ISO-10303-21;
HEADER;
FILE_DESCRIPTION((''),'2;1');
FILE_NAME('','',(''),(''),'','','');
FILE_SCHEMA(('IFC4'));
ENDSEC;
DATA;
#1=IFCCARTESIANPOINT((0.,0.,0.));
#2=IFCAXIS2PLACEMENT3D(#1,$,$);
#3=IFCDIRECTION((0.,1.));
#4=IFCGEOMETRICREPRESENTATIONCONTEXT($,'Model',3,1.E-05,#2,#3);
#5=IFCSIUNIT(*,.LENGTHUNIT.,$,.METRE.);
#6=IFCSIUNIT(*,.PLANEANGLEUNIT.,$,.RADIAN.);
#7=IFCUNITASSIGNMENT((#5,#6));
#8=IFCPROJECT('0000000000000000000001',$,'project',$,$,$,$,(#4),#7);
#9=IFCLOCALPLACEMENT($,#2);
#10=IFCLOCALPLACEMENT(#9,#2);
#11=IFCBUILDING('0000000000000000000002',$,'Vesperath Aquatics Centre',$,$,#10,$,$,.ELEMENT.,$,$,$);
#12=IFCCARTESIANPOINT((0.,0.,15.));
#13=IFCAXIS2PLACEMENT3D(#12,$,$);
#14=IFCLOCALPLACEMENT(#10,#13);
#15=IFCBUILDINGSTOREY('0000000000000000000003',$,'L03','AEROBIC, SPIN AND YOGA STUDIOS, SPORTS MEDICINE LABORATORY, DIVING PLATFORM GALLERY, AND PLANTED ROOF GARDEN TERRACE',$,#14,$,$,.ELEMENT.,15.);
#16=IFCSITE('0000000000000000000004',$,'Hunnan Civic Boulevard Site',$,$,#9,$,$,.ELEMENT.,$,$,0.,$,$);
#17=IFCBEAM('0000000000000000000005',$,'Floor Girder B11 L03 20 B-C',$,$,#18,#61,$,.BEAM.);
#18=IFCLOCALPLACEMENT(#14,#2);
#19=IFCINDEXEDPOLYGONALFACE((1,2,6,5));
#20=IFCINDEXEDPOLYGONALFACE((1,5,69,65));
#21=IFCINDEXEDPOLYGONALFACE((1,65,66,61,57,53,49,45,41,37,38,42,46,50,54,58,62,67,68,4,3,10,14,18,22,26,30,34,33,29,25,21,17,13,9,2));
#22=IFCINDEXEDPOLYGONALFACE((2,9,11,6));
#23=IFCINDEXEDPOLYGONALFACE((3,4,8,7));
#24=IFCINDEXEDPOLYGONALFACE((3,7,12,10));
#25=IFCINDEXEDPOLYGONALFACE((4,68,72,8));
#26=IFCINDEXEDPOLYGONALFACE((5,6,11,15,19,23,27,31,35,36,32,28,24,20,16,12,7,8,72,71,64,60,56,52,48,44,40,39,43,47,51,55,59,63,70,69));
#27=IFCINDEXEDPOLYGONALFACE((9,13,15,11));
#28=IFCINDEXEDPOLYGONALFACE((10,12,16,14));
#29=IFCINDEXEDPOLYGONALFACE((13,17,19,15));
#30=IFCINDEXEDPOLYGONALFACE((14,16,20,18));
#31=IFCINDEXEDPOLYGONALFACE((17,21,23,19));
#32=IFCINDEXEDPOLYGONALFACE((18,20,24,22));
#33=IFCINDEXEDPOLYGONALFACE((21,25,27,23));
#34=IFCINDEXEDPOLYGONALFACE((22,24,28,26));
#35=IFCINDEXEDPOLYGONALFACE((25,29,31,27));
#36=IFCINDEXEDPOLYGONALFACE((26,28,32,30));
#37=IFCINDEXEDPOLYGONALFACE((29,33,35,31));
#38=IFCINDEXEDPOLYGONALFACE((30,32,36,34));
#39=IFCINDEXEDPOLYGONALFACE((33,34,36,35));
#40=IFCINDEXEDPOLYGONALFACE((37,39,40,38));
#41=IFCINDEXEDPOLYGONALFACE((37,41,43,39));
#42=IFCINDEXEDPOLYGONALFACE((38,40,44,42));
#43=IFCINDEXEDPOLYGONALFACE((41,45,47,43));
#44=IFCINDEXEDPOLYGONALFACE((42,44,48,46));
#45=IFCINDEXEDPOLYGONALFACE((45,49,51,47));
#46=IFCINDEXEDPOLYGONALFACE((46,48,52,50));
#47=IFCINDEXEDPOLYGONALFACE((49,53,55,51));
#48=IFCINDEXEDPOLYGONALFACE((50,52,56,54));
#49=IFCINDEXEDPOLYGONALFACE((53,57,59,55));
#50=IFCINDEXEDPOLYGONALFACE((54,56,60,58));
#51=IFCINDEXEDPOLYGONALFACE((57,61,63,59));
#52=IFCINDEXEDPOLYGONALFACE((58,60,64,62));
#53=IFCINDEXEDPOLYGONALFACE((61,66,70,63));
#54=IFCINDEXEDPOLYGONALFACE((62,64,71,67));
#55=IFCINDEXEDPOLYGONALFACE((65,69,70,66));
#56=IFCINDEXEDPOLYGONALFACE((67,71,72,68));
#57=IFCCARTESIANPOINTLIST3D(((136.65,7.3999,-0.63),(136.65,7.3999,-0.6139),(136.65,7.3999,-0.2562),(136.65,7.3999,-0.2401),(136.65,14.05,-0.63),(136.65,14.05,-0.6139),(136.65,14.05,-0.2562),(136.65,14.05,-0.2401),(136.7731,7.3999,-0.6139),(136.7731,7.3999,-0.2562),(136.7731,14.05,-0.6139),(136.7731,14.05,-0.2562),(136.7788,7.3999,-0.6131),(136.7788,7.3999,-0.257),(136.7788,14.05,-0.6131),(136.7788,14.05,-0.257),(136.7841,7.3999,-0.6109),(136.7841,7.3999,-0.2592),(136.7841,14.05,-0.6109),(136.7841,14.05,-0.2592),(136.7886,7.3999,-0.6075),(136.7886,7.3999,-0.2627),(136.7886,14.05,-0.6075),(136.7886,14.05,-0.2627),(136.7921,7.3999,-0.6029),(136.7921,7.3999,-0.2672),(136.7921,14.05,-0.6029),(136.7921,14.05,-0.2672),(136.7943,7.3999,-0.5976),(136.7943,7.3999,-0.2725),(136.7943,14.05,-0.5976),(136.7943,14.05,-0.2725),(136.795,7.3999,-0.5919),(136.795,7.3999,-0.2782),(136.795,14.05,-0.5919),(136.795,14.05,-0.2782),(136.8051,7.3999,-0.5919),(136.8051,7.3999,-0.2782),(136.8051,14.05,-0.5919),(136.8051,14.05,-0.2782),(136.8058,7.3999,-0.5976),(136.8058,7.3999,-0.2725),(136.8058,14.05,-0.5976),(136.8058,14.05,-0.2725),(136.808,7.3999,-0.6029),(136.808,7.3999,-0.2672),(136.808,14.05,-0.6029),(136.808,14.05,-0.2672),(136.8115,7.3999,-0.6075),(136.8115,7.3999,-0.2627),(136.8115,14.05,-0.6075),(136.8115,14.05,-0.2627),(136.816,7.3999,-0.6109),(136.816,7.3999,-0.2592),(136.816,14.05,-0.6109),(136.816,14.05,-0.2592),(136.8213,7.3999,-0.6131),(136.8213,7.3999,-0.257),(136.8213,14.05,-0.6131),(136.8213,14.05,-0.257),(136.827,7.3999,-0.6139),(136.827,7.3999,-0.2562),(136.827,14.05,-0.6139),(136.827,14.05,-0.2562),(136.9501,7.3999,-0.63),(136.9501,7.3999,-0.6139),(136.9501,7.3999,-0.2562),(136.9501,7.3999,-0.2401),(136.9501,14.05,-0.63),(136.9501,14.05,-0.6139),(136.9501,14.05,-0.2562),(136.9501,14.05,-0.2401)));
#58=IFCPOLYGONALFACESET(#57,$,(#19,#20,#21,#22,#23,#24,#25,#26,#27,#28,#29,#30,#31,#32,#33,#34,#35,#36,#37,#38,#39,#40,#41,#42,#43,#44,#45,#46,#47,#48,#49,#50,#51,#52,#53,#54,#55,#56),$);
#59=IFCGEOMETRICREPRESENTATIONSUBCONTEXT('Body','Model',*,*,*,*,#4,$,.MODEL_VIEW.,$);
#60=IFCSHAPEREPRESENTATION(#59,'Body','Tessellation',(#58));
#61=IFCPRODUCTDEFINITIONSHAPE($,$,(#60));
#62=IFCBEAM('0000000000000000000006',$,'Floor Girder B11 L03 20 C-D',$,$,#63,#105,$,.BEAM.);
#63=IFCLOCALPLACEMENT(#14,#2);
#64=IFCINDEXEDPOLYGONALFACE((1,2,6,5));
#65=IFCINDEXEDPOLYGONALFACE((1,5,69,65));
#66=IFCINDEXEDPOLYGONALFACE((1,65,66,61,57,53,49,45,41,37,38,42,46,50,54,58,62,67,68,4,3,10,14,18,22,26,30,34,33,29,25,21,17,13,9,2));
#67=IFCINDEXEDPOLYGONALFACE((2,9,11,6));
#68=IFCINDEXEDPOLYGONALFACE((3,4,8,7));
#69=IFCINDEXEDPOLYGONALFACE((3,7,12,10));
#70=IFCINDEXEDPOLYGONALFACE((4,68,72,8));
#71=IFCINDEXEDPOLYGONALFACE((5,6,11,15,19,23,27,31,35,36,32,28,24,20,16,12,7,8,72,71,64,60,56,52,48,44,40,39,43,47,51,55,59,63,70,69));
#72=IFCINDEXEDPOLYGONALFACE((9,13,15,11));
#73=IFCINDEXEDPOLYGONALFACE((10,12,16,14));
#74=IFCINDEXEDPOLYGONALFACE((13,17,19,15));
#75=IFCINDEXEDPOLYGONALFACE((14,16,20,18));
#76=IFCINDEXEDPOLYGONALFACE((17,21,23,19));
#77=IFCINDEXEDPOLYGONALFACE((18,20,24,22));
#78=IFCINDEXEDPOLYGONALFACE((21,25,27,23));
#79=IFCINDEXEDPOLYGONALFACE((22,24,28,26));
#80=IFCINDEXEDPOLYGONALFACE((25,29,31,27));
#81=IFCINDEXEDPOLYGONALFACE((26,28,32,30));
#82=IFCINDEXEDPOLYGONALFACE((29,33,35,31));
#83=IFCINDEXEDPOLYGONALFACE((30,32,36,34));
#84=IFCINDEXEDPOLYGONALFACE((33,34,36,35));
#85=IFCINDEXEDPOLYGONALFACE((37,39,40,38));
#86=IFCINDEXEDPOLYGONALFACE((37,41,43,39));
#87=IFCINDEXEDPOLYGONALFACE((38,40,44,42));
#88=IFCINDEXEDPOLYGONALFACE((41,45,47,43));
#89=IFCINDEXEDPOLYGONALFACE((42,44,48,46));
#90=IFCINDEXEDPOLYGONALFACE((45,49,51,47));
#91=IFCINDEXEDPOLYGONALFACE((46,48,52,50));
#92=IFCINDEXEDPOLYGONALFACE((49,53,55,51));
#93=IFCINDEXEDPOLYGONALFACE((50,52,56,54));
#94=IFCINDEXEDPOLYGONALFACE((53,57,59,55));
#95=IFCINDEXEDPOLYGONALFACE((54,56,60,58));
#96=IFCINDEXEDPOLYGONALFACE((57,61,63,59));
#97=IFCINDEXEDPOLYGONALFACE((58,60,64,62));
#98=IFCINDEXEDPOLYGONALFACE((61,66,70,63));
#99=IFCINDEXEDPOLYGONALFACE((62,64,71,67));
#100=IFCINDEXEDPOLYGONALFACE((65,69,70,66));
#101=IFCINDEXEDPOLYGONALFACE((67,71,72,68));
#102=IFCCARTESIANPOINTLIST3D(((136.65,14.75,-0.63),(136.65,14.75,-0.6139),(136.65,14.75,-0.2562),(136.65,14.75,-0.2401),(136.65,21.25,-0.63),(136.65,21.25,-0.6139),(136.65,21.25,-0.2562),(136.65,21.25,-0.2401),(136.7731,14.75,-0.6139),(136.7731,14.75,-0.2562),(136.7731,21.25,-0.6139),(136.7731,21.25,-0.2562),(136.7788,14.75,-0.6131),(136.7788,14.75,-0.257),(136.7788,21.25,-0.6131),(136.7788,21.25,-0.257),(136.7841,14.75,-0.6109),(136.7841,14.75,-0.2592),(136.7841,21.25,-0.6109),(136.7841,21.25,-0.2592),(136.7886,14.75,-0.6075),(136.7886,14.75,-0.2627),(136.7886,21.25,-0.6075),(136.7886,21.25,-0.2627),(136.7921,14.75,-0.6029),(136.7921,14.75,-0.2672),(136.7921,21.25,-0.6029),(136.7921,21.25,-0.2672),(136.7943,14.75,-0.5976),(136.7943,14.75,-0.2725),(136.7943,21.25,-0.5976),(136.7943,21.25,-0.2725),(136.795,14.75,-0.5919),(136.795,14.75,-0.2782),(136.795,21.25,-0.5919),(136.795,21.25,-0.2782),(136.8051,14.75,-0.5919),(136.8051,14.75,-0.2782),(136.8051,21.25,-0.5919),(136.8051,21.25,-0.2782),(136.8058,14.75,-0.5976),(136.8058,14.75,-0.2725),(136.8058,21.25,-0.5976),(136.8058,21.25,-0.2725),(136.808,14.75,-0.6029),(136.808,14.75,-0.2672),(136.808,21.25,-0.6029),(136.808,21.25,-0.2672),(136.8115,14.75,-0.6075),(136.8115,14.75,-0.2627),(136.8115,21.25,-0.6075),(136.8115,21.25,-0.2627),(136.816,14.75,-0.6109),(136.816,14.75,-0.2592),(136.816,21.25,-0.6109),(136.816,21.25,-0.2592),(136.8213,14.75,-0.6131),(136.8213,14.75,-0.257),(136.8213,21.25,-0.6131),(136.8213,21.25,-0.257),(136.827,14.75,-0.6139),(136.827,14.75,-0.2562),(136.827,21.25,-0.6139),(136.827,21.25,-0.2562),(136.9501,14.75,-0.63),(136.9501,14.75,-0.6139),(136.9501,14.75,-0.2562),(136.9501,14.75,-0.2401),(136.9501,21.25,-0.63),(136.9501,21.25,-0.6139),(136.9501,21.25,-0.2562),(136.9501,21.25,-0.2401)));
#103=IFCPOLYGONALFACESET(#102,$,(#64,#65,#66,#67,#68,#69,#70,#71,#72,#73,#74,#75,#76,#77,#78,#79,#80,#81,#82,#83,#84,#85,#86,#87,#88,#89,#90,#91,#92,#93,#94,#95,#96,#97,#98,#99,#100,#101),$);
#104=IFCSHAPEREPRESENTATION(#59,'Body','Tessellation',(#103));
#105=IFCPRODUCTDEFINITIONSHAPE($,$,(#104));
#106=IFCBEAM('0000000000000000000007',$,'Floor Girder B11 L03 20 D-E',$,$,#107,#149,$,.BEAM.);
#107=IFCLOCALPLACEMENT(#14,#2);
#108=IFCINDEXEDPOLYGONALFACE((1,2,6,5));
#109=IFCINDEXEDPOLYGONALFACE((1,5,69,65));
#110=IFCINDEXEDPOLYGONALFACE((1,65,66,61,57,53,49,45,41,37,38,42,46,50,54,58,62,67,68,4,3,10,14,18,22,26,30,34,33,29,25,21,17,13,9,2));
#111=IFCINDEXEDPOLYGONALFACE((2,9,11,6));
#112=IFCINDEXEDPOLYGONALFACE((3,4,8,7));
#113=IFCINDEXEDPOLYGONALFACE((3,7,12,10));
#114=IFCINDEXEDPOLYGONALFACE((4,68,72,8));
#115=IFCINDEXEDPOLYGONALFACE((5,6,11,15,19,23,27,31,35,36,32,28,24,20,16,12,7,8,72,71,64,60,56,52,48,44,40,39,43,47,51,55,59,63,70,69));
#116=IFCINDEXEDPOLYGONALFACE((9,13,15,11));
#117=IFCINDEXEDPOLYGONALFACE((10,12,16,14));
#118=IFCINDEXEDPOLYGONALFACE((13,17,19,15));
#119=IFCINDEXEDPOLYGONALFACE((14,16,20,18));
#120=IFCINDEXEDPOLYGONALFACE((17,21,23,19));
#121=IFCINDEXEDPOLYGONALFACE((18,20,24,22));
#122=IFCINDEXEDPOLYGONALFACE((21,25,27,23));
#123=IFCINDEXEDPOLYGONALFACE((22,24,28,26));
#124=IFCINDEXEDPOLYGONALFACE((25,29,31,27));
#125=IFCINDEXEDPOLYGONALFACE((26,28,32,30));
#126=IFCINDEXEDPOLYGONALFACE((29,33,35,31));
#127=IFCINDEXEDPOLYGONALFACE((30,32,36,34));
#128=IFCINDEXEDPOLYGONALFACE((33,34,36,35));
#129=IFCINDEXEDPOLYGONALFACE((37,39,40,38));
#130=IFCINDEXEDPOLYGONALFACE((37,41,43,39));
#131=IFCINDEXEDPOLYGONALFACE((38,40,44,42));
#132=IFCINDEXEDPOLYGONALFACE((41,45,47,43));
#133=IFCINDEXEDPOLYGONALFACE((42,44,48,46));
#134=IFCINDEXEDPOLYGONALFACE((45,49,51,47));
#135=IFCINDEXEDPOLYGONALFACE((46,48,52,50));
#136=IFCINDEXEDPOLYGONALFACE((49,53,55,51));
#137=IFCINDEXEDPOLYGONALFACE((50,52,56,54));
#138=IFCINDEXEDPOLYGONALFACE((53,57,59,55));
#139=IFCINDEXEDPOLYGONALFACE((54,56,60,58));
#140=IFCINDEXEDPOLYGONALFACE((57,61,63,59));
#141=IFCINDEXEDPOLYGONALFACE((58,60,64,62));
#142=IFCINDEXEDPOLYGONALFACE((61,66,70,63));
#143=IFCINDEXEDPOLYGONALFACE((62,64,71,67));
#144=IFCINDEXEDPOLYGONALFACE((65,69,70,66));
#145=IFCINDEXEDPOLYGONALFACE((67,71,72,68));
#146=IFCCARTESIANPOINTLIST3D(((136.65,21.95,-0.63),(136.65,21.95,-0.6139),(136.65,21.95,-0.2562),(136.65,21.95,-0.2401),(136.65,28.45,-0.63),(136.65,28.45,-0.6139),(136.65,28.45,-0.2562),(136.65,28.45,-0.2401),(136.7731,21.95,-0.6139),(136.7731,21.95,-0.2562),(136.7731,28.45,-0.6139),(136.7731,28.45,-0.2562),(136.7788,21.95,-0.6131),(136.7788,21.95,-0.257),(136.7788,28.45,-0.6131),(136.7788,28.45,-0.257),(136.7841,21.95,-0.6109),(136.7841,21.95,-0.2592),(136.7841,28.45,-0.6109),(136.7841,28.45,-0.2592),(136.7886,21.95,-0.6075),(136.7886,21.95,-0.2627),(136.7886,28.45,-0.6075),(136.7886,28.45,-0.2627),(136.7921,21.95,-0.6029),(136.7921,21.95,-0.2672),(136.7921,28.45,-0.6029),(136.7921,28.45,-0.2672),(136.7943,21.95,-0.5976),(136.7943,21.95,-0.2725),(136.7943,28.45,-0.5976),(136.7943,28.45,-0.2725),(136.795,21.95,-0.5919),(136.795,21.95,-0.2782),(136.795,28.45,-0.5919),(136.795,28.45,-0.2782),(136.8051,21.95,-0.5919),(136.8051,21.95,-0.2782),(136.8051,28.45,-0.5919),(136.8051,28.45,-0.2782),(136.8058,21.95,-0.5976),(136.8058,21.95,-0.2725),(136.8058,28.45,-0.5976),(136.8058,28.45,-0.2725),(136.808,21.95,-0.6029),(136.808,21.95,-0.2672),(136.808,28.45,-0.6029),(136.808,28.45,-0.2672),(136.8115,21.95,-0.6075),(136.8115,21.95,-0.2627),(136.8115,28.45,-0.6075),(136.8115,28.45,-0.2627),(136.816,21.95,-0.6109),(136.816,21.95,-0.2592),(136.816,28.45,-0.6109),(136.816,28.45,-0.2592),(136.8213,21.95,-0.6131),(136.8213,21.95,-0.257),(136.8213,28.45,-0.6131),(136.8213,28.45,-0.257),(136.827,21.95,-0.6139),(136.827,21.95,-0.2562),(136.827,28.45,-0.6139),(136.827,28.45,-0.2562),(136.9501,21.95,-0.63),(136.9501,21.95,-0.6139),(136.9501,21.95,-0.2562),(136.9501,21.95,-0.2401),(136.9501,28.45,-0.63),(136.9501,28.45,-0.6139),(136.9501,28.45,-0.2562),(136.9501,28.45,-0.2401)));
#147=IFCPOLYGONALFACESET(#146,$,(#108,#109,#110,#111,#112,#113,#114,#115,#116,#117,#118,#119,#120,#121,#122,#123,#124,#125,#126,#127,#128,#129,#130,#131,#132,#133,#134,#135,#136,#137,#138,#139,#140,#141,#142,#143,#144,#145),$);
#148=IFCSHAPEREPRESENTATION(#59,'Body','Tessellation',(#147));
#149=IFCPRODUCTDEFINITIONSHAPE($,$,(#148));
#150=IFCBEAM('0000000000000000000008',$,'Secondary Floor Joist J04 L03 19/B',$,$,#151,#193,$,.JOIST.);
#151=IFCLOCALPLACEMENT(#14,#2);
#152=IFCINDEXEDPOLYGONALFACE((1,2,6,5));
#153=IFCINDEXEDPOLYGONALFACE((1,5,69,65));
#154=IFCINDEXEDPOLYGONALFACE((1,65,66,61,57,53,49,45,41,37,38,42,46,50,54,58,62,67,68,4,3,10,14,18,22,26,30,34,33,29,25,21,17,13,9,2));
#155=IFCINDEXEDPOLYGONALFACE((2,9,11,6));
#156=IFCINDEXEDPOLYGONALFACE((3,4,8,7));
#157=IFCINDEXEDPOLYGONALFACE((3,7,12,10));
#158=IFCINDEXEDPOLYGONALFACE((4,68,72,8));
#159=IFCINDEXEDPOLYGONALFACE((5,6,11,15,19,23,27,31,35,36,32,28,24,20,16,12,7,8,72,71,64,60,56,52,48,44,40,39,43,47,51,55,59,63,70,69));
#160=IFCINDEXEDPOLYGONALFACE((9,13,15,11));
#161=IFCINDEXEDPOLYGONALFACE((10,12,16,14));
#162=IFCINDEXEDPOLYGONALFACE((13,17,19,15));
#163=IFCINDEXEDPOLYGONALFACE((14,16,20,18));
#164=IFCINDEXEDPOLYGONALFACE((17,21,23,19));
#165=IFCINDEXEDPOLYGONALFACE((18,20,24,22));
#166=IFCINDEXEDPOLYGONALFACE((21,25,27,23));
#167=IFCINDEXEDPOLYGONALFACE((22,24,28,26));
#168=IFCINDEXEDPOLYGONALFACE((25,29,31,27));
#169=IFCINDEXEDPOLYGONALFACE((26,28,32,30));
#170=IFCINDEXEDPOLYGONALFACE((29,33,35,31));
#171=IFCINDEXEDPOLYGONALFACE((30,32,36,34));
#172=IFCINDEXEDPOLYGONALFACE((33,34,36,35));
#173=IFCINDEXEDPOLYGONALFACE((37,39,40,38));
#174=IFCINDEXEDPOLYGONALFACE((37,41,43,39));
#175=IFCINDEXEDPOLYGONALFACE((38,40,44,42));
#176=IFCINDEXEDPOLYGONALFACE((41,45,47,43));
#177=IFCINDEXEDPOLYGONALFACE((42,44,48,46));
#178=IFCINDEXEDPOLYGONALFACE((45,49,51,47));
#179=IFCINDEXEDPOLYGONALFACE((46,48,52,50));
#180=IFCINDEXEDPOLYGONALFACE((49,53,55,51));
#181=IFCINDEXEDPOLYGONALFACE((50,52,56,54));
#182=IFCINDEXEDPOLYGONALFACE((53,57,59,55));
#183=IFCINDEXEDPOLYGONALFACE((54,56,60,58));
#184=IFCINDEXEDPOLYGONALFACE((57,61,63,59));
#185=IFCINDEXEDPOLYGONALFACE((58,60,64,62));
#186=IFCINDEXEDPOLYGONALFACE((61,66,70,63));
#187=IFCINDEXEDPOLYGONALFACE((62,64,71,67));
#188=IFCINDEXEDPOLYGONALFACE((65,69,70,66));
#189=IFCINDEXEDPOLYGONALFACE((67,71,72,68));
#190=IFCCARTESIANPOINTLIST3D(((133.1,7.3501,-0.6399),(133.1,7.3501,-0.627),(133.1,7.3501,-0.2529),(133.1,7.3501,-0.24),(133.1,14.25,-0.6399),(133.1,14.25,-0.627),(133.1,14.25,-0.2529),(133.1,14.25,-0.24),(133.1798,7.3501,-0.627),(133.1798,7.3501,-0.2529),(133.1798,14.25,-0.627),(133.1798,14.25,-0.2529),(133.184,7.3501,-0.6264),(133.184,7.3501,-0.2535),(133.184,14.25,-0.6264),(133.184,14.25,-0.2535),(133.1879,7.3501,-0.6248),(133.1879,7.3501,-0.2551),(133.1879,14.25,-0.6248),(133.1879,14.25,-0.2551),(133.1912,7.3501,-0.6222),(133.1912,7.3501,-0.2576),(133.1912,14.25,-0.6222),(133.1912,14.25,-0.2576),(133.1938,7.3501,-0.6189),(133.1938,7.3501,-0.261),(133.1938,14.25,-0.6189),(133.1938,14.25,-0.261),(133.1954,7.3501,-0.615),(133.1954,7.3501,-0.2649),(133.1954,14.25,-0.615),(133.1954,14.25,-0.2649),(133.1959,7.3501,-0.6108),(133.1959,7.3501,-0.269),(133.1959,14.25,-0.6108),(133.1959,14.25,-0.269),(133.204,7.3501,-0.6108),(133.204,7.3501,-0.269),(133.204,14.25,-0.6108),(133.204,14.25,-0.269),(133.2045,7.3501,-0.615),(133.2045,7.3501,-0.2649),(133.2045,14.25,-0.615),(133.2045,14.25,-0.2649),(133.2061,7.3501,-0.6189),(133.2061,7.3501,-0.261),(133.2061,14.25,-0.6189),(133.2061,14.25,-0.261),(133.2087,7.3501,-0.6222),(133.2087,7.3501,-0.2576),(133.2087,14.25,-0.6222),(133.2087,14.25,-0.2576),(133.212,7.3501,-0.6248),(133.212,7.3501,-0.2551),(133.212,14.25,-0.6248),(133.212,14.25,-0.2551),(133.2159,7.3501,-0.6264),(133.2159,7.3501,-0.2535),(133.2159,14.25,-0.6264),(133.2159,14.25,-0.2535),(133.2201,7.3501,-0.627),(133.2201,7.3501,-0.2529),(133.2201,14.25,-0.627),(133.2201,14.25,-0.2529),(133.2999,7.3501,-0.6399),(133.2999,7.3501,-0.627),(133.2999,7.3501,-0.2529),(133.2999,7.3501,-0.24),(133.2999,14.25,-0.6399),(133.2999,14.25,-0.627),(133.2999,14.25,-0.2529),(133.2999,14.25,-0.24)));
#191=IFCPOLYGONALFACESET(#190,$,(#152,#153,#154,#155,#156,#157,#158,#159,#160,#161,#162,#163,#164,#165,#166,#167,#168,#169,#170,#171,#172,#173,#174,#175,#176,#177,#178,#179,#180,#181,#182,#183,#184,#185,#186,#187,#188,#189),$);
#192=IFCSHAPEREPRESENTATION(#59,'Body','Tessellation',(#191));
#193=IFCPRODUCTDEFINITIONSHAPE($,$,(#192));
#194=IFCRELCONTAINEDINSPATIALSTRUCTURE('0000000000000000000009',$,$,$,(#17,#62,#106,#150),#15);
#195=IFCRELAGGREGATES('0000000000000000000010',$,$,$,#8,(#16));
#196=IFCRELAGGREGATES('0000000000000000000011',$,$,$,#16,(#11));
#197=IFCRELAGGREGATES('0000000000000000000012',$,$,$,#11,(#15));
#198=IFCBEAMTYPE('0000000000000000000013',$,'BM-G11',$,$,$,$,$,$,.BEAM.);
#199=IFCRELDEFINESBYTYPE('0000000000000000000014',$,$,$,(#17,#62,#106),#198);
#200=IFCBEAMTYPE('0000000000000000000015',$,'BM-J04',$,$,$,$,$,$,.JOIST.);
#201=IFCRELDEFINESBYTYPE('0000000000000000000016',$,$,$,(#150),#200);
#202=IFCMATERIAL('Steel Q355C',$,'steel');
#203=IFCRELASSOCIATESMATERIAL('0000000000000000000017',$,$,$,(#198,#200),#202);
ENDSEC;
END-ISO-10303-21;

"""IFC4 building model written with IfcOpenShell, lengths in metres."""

from ifc_helpers import new_model, si_unit, direction, frame, origin, origin_2d, place, context, subcontext, project, spatial, i_section, extrude, material, material_profile, profile_set, type_object, element, save


model = new_model("IFC4")

# Units and contexts
model_context = context("Model", 3, precision=1e-05, world=origin(), true_north=direction((0.0, 1.0)))
body_context = subcontext(model_context, "Body", "Model", "MODEL_VIEW")
ifc_project = project(units=[si_unit("LENGTHUNIT", "METRE"), si_unit("PLANEANGLEUNIT", "RADIAN")], contexts=[model_context])

# Site, building, storey
site_placement = place(None, origin())
site = spatial("IfcSite", under=ifc_project, at=site_placement, Name="Hunnan Civic Boulevard Site", CompositionType="ELEMENT", RefElevation=0.0)
building_placement = place(site_placement, origin())
building = spatial("IfcBuilding", under=site, at=building_placement, Name="Vesperath Aquatics Centre", CompositionType="ELEMENT")
storey_placement = place(building_placement, frame((0.0, 0.0, 15.0)))
storey = spatial("IfcBuildingStorey", under=building, at=storey_placement, Name="L03", Description="AEROBIC, SPIN AND YOGA STUDIOS, SPORTS MEDICINE LABORATORY, DIVING PLATFORM GALLERY, AND PLANTED ROOF GARDEN TERRACE", CompositionType="ELEMENT", Elevation=15.0)

# Beams
ifc_material_1 = material(Name="Steel Q355C", Category="steel")
ifc_material_profile_1 = material_profile(ifc_material_1, i_section(OverallWidth=0.3, OverallDepth=0.3899, WebThickness=0.01, FlangeThickness=0.0161, FilletRadius=0.022, at=origin_2d()), Name="HM 390x300x10x16")
ifc_profile_set_1 = profile_set([ifc_material_profile_1], Name="Steel Q355C")
beam_type_1 = type_object("IfcBeamType", Name="BM-G11", PredefinedType="BEAM", material=ifc_profile_set_1)
beam_1_placement = place(storey_placement, frame((136.8, 7.3999, -0.4351), z_axis=(0.0, 1.0, 0.0), x_axis=(-1.0, 0.0, 0.0)))
element("IfcBeam", 1, at=beam_1_placement, inside=storey, type_object=beam_type_1, Name="Floor Girder B11 L03 20 B-C", PredefinedType="BEAM", context=body_context, shape_type="SweptSolid", body=[
    extrude(i_section(OverallWidth=0.3, OverallDepth=0.3899, WebThickness=0.01, FlangeThickness=0.0161, FilletRadius=0.022, at=origin_2d()), origin(), (0.0, 0.0, 1.0), 6.6501),
])
for number, where, z_axis, x_axis, name in (
    (2, (136.8, 14.75, -0.4351), (0.0, 1.0, 0.0), (-1.0, 0.0, 0.0), "Floor Girder B11 L03 20 C-D"),
    (3, (136.8, 21.95, -0.4351), (0.0, 1.0, 0.0), (-1.0, 0.0, 0.0), "Floor Girder B11 L03 20 D-E"),
):
    element("IfcBeam", number, at=place(storey_placement, frame(where, z_axis=z_axis, x_axis=x_axis)), inside=storey, type_object=beam_type_1, Name=name, PredefinedType="BEAM", context=body_context, shape_type="SweptSolid", body=[
        extrude(i_section(OverallWidth=0.3, OverallDepth=0.3899, WebThickness=0.01, FlangeThickness=0.0161, FilletRadius=0.022, at=origin_2d()), origin(), (0.0, 0.0, 1.0), 6.5),
    ])
ifc_material_profile_2 = material_profile(ifc_material_1, i_section(OverallWidth=0.2, OverallDepth=0.3999, WebThickness=0.0081, FlangeThickness=0.0129, FilletRadius=0.0161, at=origin_2d()), Name="HN 400x200x8x13")
ifc_profile_set_2 = profile_set([ifc_material_profile_2], Name="Steel Q355C")
beam_type_2 = type_object("IfcBeamType", Name="BM-J04", PredefinedType="JOIST", material=ifc_profile_set_2)
for number, where, z_axis, x_axis, name in (
    (4, (133.2, 7.3501, -0.4399), (0.0, 1.0, 0.0), (-1.0, 0.0, 0.0), "Secondary Floor Joist J04 L03 19/B"),
):
    element("IfcBeam", number, at=place(storey_placement, frame(where, z_axis=z_axis, x_axis=x_axis)), inside=storey, type_object=beam_type_2, Name=name, PredefinedType="JOIST", context=body_context, shape_type="SweptSolid", body=[
        extrude(i_section(OverallWidth=0.2, OverallDepth=0.3999, WebThickness=0.0081, FlangeThickness=0.0129, FilletRadius=0.0161, at=origin_2d()), origin(), (0.0, 0.0, 1.0), 6.8999),
    ])

save(model, "model.ifc")
